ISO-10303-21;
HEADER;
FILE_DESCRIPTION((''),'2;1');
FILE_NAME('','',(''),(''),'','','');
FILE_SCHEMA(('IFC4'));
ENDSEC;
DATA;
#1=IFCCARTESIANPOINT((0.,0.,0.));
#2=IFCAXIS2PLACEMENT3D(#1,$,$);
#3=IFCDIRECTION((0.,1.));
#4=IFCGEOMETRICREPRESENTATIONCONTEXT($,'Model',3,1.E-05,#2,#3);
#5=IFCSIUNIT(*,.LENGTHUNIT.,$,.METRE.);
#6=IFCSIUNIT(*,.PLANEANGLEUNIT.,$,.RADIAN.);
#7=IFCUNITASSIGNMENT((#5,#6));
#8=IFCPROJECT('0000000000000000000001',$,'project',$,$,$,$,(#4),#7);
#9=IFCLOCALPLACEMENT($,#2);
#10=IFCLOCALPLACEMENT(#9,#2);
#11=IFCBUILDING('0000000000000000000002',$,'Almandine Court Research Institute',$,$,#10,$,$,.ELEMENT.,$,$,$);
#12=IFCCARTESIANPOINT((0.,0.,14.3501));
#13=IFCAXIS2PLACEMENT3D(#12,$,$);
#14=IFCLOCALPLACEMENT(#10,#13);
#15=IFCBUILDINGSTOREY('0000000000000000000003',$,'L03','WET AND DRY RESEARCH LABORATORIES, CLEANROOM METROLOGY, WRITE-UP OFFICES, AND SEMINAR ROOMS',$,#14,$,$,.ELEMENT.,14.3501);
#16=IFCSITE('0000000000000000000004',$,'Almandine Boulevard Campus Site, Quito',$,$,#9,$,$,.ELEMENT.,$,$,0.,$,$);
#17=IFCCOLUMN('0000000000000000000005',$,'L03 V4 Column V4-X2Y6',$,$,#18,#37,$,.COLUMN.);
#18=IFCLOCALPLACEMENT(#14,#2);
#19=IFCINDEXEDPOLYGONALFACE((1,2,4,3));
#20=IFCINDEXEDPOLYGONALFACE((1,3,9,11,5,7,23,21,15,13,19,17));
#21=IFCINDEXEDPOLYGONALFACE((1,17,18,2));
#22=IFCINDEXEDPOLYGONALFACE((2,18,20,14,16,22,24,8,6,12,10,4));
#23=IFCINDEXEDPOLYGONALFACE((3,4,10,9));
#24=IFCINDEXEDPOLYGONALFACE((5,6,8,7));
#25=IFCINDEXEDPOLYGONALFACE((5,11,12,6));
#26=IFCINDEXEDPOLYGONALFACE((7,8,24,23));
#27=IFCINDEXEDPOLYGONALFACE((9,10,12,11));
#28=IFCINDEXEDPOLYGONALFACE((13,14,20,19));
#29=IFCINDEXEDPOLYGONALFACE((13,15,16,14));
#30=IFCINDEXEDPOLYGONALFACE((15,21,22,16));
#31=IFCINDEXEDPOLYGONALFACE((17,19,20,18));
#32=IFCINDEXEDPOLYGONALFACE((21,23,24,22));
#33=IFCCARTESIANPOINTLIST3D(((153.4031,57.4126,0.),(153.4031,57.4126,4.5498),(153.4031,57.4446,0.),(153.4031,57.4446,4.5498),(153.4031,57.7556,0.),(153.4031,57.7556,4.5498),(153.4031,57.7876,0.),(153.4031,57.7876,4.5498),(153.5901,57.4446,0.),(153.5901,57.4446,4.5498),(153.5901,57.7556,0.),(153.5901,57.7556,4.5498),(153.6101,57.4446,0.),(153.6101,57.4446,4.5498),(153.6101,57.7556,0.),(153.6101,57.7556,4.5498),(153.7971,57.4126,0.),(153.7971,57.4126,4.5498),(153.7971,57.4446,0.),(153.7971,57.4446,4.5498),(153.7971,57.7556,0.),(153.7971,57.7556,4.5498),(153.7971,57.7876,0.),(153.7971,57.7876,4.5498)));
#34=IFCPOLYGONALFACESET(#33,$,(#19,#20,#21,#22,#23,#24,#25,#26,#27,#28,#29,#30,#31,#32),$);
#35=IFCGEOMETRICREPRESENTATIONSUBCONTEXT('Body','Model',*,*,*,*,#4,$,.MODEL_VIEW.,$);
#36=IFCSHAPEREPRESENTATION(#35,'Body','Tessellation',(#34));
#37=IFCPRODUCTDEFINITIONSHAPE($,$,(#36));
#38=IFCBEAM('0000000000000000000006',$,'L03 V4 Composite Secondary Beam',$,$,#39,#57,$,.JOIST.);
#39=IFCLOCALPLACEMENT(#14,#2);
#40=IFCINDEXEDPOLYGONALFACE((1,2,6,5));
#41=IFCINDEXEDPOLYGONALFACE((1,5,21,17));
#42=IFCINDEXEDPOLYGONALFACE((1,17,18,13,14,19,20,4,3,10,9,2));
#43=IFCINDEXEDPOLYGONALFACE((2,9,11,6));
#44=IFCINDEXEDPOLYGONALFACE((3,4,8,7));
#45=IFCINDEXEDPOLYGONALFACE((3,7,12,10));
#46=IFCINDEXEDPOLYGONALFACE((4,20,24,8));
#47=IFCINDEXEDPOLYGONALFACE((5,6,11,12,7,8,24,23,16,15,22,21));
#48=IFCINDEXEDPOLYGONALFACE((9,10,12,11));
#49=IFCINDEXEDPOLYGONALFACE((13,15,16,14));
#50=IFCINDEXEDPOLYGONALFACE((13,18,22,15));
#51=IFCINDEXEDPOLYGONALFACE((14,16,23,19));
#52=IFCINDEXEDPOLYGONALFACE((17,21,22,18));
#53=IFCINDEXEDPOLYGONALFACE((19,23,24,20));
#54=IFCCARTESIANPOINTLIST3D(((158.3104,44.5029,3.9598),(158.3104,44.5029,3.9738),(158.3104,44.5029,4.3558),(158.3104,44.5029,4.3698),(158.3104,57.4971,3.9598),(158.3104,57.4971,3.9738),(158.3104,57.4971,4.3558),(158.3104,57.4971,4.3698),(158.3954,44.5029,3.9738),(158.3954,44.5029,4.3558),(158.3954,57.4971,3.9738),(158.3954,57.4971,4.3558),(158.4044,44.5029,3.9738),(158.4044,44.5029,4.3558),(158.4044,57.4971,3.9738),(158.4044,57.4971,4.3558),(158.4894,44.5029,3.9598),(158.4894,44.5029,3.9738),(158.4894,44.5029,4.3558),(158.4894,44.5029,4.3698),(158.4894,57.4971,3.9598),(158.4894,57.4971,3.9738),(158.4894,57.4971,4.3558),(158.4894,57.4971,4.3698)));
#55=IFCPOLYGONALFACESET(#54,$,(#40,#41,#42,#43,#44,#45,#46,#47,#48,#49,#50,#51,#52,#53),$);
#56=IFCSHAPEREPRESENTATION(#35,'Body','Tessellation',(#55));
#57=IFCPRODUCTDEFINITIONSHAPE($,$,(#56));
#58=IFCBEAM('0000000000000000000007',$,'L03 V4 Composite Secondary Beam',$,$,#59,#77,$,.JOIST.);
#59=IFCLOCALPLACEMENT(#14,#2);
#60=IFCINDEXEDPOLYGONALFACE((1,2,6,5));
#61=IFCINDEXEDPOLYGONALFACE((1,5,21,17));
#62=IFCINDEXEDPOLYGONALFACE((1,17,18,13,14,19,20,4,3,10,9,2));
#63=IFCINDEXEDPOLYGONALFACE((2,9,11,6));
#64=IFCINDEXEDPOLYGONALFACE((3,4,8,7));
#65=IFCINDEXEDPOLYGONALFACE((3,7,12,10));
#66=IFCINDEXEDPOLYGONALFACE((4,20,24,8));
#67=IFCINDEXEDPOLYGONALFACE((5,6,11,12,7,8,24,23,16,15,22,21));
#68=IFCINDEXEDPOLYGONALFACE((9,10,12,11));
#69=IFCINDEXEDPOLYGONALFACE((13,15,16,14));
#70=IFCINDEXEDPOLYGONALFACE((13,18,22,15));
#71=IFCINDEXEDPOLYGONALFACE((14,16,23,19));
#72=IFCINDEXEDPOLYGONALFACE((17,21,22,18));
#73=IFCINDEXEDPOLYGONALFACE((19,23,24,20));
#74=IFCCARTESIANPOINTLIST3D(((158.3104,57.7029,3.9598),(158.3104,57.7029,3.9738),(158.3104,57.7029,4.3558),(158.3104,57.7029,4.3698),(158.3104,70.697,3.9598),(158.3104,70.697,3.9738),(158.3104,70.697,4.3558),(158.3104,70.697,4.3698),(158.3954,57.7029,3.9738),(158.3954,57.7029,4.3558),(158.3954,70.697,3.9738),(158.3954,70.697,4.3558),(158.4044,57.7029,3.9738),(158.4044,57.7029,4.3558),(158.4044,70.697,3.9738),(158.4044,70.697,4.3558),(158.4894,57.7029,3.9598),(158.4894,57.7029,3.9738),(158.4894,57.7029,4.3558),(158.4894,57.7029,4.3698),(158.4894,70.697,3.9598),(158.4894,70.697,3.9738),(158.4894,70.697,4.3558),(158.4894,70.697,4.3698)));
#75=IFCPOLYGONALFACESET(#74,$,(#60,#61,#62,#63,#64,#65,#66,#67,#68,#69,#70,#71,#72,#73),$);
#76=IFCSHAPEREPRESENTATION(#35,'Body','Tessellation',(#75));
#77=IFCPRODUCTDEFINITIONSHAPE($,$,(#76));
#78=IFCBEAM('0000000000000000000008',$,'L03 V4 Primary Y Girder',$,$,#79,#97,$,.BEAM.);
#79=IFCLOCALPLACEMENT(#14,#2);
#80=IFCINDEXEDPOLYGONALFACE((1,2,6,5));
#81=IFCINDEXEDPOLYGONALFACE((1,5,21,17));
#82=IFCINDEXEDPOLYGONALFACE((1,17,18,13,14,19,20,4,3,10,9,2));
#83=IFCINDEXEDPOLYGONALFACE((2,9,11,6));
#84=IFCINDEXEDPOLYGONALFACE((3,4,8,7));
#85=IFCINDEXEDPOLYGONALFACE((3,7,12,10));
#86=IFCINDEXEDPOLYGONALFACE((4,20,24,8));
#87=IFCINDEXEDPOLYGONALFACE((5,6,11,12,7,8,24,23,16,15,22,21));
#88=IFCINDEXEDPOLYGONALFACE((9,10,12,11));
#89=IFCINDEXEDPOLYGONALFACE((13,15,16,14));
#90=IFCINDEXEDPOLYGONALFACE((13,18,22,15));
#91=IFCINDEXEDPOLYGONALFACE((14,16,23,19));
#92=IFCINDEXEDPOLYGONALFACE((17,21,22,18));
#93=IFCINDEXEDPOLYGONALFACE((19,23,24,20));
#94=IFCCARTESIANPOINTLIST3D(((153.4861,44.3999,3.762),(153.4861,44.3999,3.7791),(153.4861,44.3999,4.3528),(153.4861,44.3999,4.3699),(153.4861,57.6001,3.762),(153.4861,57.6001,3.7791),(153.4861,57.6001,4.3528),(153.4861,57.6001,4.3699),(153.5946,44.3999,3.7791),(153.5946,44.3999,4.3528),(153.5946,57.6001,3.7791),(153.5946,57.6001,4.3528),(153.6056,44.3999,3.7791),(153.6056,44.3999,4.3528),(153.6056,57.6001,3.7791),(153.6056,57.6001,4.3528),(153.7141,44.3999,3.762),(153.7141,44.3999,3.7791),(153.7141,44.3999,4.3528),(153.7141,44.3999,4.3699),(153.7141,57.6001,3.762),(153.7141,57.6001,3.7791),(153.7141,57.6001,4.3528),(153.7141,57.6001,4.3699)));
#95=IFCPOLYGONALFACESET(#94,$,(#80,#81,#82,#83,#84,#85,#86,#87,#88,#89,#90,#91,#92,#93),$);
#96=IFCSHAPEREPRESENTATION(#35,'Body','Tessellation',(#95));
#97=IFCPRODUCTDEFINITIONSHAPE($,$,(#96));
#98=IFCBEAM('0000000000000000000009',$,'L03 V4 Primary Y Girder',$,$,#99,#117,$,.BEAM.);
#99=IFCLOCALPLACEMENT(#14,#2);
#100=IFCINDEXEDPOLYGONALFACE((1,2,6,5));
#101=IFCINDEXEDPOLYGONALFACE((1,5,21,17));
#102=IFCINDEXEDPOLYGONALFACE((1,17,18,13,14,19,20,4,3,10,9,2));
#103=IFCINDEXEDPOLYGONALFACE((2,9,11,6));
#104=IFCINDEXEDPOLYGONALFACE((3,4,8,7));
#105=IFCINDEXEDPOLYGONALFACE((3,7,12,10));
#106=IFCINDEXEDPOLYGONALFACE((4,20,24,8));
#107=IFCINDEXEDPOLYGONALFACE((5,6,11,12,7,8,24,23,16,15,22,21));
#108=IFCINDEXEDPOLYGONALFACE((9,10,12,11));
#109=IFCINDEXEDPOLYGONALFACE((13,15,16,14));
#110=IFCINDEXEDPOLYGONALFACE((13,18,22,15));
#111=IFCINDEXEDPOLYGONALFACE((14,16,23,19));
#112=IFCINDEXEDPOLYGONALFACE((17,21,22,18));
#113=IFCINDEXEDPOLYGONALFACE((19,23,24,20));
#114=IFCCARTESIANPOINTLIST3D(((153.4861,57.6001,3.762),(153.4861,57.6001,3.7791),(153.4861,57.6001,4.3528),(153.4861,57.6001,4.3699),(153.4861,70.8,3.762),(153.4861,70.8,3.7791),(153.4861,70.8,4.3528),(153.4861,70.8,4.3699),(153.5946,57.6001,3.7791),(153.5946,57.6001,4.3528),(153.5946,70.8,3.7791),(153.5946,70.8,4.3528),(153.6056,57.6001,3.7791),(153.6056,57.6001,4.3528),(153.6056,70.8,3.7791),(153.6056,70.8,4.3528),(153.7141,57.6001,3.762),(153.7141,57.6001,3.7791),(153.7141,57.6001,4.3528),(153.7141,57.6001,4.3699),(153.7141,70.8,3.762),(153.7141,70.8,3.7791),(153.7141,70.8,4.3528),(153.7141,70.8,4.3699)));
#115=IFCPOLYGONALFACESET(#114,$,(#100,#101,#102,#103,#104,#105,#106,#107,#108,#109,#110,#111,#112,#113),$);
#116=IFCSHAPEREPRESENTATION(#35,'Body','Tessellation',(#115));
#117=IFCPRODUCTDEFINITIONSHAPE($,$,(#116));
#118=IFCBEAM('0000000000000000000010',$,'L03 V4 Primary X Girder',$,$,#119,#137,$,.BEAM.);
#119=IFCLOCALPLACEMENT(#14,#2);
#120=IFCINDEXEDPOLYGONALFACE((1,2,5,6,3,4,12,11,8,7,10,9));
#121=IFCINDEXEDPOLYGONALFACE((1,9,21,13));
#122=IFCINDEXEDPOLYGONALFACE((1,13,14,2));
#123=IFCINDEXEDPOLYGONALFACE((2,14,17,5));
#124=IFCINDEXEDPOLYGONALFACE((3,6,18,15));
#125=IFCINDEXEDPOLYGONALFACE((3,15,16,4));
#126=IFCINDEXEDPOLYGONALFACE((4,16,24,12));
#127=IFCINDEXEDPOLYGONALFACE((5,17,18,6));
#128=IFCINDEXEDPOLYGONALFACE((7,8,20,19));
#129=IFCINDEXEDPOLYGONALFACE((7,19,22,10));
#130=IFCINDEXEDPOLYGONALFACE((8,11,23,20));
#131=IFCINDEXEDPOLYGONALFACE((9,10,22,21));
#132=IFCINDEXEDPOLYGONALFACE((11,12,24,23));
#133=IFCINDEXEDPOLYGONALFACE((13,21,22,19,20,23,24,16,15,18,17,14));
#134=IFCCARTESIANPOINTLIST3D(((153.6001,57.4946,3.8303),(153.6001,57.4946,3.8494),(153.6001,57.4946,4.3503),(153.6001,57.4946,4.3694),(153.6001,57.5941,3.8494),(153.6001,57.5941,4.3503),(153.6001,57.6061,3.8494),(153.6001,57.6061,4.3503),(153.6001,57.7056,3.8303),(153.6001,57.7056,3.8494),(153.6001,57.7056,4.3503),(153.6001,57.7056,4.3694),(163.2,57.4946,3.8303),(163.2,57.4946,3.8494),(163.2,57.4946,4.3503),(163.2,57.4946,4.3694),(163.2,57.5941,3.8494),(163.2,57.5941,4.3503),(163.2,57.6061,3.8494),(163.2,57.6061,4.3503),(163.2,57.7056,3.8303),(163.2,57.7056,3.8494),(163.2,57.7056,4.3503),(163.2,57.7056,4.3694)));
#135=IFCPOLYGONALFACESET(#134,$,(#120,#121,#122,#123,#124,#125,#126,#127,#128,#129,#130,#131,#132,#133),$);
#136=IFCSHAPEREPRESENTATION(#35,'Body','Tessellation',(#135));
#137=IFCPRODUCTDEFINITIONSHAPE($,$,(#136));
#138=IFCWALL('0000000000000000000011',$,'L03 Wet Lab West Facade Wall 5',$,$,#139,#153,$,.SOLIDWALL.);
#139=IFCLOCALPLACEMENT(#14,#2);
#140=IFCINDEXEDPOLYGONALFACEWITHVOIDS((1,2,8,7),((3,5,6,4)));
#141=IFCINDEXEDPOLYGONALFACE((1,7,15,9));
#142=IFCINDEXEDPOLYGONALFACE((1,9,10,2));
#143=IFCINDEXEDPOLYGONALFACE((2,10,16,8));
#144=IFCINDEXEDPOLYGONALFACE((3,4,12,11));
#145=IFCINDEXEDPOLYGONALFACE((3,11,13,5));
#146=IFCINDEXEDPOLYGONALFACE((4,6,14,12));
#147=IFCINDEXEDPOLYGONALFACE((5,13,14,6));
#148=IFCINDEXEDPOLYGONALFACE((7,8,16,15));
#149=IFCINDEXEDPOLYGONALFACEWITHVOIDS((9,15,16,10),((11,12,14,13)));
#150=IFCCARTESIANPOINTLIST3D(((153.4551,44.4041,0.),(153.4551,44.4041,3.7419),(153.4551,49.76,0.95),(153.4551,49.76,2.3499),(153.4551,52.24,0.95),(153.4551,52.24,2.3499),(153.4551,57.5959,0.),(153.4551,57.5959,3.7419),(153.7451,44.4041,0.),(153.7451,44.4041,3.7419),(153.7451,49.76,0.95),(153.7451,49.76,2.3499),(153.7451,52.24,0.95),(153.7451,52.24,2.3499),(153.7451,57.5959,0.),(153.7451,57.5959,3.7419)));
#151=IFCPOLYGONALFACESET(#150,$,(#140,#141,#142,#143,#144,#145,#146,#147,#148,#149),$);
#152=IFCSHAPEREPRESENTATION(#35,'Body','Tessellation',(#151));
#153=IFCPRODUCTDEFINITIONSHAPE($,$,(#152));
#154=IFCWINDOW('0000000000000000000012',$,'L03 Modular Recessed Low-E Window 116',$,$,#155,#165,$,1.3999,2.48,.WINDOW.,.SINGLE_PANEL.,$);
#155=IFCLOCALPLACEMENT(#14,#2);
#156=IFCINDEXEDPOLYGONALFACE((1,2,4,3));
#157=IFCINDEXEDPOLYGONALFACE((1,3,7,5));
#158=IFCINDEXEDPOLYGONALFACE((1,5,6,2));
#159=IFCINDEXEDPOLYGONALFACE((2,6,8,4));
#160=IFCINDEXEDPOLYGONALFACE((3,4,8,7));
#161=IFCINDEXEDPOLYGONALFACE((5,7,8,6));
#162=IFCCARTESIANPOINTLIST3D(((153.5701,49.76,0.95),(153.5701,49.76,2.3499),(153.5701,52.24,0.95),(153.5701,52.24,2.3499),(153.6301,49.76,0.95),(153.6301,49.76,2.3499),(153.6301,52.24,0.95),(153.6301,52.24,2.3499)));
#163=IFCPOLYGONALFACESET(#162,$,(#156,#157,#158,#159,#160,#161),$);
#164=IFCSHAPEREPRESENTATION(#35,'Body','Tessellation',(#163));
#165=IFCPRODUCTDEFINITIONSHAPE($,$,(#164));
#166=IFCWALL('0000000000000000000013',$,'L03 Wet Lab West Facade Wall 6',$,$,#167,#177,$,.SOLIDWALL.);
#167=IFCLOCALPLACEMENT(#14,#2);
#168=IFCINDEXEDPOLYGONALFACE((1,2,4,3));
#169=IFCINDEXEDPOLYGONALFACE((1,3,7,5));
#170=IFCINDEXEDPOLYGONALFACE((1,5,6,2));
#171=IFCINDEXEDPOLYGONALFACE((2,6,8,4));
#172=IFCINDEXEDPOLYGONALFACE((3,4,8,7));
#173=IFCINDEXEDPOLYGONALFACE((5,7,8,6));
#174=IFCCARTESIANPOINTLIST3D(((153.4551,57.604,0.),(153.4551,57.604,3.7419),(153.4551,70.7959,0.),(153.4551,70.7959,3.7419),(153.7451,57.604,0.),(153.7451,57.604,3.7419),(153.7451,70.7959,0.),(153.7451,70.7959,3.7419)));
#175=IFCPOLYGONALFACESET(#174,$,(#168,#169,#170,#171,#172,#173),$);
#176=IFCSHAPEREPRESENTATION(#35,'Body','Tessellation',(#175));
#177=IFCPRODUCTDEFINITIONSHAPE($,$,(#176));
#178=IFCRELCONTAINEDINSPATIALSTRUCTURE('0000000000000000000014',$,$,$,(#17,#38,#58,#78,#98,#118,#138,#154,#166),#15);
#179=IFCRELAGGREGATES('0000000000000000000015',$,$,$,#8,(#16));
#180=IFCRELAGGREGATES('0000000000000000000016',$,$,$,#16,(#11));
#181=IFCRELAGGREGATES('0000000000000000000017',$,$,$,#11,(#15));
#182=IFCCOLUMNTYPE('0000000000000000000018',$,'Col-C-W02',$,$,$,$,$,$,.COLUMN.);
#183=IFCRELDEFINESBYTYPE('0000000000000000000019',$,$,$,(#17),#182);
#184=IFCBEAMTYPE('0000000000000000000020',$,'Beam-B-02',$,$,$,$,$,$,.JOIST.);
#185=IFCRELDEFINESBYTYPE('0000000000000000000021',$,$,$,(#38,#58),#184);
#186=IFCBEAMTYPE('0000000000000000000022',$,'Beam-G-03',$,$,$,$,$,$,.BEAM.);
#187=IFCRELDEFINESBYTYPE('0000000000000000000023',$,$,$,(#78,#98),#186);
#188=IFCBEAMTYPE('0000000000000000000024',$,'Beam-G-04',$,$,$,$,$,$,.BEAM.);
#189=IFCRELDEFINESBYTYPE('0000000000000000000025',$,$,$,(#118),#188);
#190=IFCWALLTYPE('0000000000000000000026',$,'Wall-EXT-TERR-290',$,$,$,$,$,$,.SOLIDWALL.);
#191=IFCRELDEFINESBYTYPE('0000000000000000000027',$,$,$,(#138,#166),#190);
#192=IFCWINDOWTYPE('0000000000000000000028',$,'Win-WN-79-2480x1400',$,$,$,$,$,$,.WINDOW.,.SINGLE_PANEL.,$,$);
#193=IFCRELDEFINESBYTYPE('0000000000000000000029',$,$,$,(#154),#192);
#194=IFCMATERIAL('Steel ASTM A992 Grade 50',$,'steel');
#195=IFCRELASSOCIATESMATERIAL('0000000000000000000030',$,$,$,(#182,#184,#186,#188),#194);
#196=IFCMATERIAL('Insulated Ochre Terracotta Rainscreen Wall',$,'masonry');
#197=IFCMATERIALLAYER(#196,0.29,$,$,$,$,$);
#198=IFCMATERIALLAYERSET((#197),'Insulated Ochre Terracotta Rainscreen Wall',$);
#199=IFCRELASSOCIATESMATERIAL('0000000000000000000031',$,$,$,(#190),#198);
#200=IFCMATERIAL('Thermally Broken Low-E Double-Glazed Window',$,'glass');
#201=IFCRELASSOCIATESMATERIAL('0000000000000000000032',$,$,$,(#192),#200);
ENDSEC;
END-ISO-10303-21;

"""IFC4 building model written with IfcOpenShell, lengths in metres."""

from ifc_helpers import new_model, si_unit, direction, frame, frame_2d, origin, origin_2d, place, context, subcontext, project, spatial, rectangle, i_section, extrude, material, layer, layer_set, material_profile, profile_set, type_object, element, fill, save


model = new_model("IFC4")

# Units and contexts
model_context = context("Model", 3, precision=1e-05, world=origin(), true_north=direction((0.0, 1.0)))
body_context = subcontext(model_context, "Body", "Model", "MODEL_VIEW")
ifc_project = project(units=[si_unit("LENGTHUNIT", "METRE"), si_unit("PLANEANGLEUNIT", "RADIAN")], contexts=[model_context])

# Site, building, storey
site_placement = place(None, origin())
site = spatial("IfcSite", under=ifc_project, at=site_placement, Name="Almandine Boulevard Campus Site, Quito", CompositionType="ELEMENT", RefElevation=0.0)
building_placement = place(site_placement, origin())
building = spatial("IfcBuilding", under=site, at=building_placement, Name="Almandine Court Research Institute", CompositionType="ELEMENT")
storey_placement = place(building_placement, frame((0.0, 0.0, 14.3501)))
storey = spatial("IfcBuildingStorey", under=building, at=storey_placement, Name="L03", Description="WET AND DRY RESEARCH LABORATORIES, CLEANROOM METROLOGY, WRITE-UP OFFICES, AND SEMINAR ROOMS", CompositionType="ELEMENT", Elevation=14.3501)

# Column
ifc_material_1 = material(Name="Steel ASTM A992 Grade 50", Category="steel")
ifc_material_profile_1 = material_profile(ifc_material_1, i_section(OverallWidth=0.394, OverallDepth=0.375, WebThickness=0.02, FlangeThickness=0.032, at=origin_2d()), Name="W360x216")
ifc_profile_set_1 = profile_set([ifc_material_profile_1], Name="Steel ASTM A992 Grade 50")
column_type = type_object("IfcColumnType", Name="Col-C-W02", PredefinedType="COLUMN", material=ifc_profile_set_1)
column_placement = place(storey_placement, frame((153.6001, 57.6001, 0.0), z_axis=(0.0, 0.0, 1.0), x_axis=(1.0, 0.0, 0.0)))
element("IfcColumn", 1, at=column_placement, inside=storey, type_object=column_type, Name="L03 V4 Column V4-X2Y6", PredefinedType="COLUMN", context=body_context, shape_type="SweptSolid", body=[
    extrude(i_section(OverallWidth=0.394, OverallDepth=0.375, WebThickness=0.02, FlangeThickness=0.032, at=origin_2d()), origin(), (0.0, 0.0, 1.0), 4.5498),
])

# Beams
ifc_material_profile_2 = material_profile(ifc_material_1, i_section(OverallWidth=0.179, OverallDepth=0.4099, WebThickness=0.009, FlangeThickness=0.0139, at=origin_2d()), Name="W410x67")
ifc_profile_set_2 = profile_set([ifc_material_profile_2], Name="Steel ASTM A992 Grade 50")
beam_type_1 = type_object("IfcBeamType", Name="Beam-B-02", PredefinedType="JOIST", material=ifc_profile_set_2)
for number, where, z_axis, x_axis, name in (
    (2, (158.3999, 44.5029, 4.1648), (0.0, 1.0, 0.0), (-1.0, 0.0, 0.0), "L03 V4 Composite Secondary Beam"),
    (3, (158.3999, 57.7029, 4.1648), (0.0, 1.0, 0.0), (-1.0, 0.0, 0.0), "L03 V4 Composite Secondary Beam"),
):
    element("IfcBeam", number, at=place(storey_placement, frame(where, z_axis=z_axis, x_axis=x_axis)), inside=storey, type_object=beam_type_1, Name=name, PredefinedType="JOIST", context=body_context, shape_type="SweptSolid", body=[
        extrude(i_section(OverallWidth=0.179, OverallDepth=0.4099, WebThickness=0.009, FlangeThickness=0.0139, at=origin_2d()), origin(), (0.0, 0.0, 1.0), 12.9941),
    ])
ifc_material_profile_3 = material_profile(ifc_material_1, i_section(OverallWidth=0.228, OverallDepth=0.6079, WebThickness=0.011, FlangeThickness=0.0171, at=origin_2d()), Name="W610x113")
ifc_profile_set_3 = profile_set([ifc_material_profile_3], Name="Steel ASTM A992 Grade 50")
beam_type_2 = type_object("IfcBeamType", Name="Beam-G-03", PredefinedType="BEAM", material=ifc_profile_set_3)
beam_1_placement = place(storey_placement, frame((153.6001, 44.3999, 4.0659), z_axis=(0.0, 1.0, 0.0), x_axis=(-1.0, 0.0, 0.0)))
element("IfcBeam", 4, at=beam_1_placement, inside=storey, type_object=beam_type_2, Name="L03 V4 Primary Y Girder", PredefinedType="BEAM", context=body_context, shape_type="SweptSolid", body=[
    extrude(i_section(OverallWidth=0.228, OverallDepth=0.6079, WebThickness=0.011, FlangeThickness=0.0171, at=origin_2d()), origin(), (0.0, 0.0, 1.0), 13.2002),
])
beam_2_placement = place(storey_placement, frame((153.6001, 57.6001, 4.0659), z_axis=(0.0, 1.0, 0.0), x_axis=(-1.0, 0.0, 0.0)))
element("IfcBeam", 5, at=beam_2_placement, inside=storey, type_object=beam_type_2, Name="L03 V4 Primary Y Girder", PredefinedType="BEAM", context=body_context, shape_type="SweptSolid", body=[
    extrude(i_section(OverallWidth=0.228, OverallDepth=0.6079, WebThickness=0.011, FlangeThickness=0.0171, at=origin_2d()), origin(), (0.0, 0.0, 1.0), 13.2),
])
ifc_material_profile_4 = material_profile(ifc_material_1, i_section(OverallWidth=0.2109, OverallDepth=0.5391, WebThickness=0.012, FlangeThickness=0.019, at=origin_2d()), Name="W530x109")
ifc_profile_set_4 = profile_set([ifc_material_profile_4], Name="Steel ASTM A992 Grade 50")
beam_type_3 = type_object("IfcBeamType", Name="Beam-G-04", PredefinedType="BEAM", material=ifc_profile_set_4)
beam_3_placement = place(storey_placement, frame((153.6001, 57.6001, 4.0999), z_axis=(1.0, 0.0, 0.0), x_axis=(0.0, 1.0, 0.0)))
element("IfcBeam", 6, at=beam_3_placement, inside=storey, type_object=beam_type_3, Name="L03 V4 Primary X Girder", PredefinedType="BEAM", context=body_context, shape_type="SweptSolid", body=[
    extrude(i_section(OverallWidth=0.2109, OverallDepth=0.5391, WebThickness=0.012, FlangeThickness=0.019, at=origin_2d()), origin(), (0.0, 0.0, 1.0), 9.5999),
])

# Wall, opening, window
ifc_material_2 = material(Name="Insulated Ochre Terracotta Rainscreen Wall", Category="masonry")
ifc_layer_1 = layer(ifc_material_2, 0.29)
ifc_layer_set_1 = layer_set([ifc_layer_1], Name="Insulated Ochre Terracotta Rainscreen Wall")
wall_type_1 = type_object("IfcWallType", Name="Wall-EXT-TERR-290", PredefinedType="SOLIDWALL", material=ifc_layer_set_1)
wall_1_placement = place(storey_placement, frame((153.6001, 44.4041, 0.0), z_axis=(0.0, 0.0, 1.0), x_axis=(0.0, 1.0, 0.0)))
wall_1 = element("IfcWall", 7, at=wall_1_placement, inside=storey, type_object=wall_type_1, Name="L03 Wet Lab West Facade Wall 5", PredefinedType="SOLIDWALL", context=body_context, shape_type="SweptSolid", body=[
    extrude(rectangle(XDim=13.1919, YDim=0.29, at=frame_2d((6.5959, 0.0))), origin(), (0.0, 0.0, 1.0), 3.7419),
])
opening_1_placement = place(wall_1_placement, frame((5.356, 0.0, 0.95)))
opening_1 = element("IfcOpeningElement", 8, at=opening_1_placement, cuts=wall_1, PredefinedType="OPENING", context=body_context, shape_type="SweptSolid", body=[
    extrude(rectangle(XDim=2.48, YDim=1.3999, at=frame_2d((1.24, 0.7))), frame((0.0, 0.155, 0.0), z_axis=(0.0, -1.0, 0.0), x_axis=(1.0, 0.0, 0.0)), (0.0, 0.0, 1.0), 0.3101),
])
ifc_material_3 = material(Name="Thermally Broken Low-E Double-Glazed Window", Category="glass")
window_type = type_object("IfcWindowType", Name="Win-WN-79-2480x1400", PartitioningType="SINGLE_PANEL", PredefinedType="WINDOW", material=ifc_material_3)
window_placement = place(opening_1_placement, origin())
window = element("IfcWindow", 9, at=window_placement, inside=storey, type_object=window_type, Name="L03 Modular Recessed Low-E Window 116", OverallHeight=1.3999, OverallWidth=2.48, PartitioningType="SINGLE_PANEL", PredefinedType="WINDOW", context=body_context, shape_type="SweptSolid", body=[
    extrude(rectangle(XDim=2.48, YDim=1.3999, at=frame_2d((1.24, 0.7))), frame((0.0, 0.03, 0.0), z_axis=(0.0, -1.0, 0.0), x_axis=(1.0, 0.0, 0.0)), (0.0, 0.0, 1.0), 0.0601),
])
fill(opening_1, window)

# Wall
wall_2_placement = place(storey_placement, frame((153.6001, 57.604, 0.0), z_axis=(0.0, 0.0, 1.0), x_axis=(0.0, 1.0, 0.0)))
element("IfcWall", 10, at=wall_2_placement, inside=storey, type_object=wall_type_1, Name="L03 Wet Lab West Facade Wall 6", PredefinedType="SOLIDWALL", context=body_context, shape_type="SweptSolid", body=[
    extrude(rectangle(XDim=13.1919, YDim=0.29, at=frame_2d((6.5959, 0.0))), origin(), (0.0, 0.0, 1.0), 3.7419),
])

save(model, "model.ifc")
